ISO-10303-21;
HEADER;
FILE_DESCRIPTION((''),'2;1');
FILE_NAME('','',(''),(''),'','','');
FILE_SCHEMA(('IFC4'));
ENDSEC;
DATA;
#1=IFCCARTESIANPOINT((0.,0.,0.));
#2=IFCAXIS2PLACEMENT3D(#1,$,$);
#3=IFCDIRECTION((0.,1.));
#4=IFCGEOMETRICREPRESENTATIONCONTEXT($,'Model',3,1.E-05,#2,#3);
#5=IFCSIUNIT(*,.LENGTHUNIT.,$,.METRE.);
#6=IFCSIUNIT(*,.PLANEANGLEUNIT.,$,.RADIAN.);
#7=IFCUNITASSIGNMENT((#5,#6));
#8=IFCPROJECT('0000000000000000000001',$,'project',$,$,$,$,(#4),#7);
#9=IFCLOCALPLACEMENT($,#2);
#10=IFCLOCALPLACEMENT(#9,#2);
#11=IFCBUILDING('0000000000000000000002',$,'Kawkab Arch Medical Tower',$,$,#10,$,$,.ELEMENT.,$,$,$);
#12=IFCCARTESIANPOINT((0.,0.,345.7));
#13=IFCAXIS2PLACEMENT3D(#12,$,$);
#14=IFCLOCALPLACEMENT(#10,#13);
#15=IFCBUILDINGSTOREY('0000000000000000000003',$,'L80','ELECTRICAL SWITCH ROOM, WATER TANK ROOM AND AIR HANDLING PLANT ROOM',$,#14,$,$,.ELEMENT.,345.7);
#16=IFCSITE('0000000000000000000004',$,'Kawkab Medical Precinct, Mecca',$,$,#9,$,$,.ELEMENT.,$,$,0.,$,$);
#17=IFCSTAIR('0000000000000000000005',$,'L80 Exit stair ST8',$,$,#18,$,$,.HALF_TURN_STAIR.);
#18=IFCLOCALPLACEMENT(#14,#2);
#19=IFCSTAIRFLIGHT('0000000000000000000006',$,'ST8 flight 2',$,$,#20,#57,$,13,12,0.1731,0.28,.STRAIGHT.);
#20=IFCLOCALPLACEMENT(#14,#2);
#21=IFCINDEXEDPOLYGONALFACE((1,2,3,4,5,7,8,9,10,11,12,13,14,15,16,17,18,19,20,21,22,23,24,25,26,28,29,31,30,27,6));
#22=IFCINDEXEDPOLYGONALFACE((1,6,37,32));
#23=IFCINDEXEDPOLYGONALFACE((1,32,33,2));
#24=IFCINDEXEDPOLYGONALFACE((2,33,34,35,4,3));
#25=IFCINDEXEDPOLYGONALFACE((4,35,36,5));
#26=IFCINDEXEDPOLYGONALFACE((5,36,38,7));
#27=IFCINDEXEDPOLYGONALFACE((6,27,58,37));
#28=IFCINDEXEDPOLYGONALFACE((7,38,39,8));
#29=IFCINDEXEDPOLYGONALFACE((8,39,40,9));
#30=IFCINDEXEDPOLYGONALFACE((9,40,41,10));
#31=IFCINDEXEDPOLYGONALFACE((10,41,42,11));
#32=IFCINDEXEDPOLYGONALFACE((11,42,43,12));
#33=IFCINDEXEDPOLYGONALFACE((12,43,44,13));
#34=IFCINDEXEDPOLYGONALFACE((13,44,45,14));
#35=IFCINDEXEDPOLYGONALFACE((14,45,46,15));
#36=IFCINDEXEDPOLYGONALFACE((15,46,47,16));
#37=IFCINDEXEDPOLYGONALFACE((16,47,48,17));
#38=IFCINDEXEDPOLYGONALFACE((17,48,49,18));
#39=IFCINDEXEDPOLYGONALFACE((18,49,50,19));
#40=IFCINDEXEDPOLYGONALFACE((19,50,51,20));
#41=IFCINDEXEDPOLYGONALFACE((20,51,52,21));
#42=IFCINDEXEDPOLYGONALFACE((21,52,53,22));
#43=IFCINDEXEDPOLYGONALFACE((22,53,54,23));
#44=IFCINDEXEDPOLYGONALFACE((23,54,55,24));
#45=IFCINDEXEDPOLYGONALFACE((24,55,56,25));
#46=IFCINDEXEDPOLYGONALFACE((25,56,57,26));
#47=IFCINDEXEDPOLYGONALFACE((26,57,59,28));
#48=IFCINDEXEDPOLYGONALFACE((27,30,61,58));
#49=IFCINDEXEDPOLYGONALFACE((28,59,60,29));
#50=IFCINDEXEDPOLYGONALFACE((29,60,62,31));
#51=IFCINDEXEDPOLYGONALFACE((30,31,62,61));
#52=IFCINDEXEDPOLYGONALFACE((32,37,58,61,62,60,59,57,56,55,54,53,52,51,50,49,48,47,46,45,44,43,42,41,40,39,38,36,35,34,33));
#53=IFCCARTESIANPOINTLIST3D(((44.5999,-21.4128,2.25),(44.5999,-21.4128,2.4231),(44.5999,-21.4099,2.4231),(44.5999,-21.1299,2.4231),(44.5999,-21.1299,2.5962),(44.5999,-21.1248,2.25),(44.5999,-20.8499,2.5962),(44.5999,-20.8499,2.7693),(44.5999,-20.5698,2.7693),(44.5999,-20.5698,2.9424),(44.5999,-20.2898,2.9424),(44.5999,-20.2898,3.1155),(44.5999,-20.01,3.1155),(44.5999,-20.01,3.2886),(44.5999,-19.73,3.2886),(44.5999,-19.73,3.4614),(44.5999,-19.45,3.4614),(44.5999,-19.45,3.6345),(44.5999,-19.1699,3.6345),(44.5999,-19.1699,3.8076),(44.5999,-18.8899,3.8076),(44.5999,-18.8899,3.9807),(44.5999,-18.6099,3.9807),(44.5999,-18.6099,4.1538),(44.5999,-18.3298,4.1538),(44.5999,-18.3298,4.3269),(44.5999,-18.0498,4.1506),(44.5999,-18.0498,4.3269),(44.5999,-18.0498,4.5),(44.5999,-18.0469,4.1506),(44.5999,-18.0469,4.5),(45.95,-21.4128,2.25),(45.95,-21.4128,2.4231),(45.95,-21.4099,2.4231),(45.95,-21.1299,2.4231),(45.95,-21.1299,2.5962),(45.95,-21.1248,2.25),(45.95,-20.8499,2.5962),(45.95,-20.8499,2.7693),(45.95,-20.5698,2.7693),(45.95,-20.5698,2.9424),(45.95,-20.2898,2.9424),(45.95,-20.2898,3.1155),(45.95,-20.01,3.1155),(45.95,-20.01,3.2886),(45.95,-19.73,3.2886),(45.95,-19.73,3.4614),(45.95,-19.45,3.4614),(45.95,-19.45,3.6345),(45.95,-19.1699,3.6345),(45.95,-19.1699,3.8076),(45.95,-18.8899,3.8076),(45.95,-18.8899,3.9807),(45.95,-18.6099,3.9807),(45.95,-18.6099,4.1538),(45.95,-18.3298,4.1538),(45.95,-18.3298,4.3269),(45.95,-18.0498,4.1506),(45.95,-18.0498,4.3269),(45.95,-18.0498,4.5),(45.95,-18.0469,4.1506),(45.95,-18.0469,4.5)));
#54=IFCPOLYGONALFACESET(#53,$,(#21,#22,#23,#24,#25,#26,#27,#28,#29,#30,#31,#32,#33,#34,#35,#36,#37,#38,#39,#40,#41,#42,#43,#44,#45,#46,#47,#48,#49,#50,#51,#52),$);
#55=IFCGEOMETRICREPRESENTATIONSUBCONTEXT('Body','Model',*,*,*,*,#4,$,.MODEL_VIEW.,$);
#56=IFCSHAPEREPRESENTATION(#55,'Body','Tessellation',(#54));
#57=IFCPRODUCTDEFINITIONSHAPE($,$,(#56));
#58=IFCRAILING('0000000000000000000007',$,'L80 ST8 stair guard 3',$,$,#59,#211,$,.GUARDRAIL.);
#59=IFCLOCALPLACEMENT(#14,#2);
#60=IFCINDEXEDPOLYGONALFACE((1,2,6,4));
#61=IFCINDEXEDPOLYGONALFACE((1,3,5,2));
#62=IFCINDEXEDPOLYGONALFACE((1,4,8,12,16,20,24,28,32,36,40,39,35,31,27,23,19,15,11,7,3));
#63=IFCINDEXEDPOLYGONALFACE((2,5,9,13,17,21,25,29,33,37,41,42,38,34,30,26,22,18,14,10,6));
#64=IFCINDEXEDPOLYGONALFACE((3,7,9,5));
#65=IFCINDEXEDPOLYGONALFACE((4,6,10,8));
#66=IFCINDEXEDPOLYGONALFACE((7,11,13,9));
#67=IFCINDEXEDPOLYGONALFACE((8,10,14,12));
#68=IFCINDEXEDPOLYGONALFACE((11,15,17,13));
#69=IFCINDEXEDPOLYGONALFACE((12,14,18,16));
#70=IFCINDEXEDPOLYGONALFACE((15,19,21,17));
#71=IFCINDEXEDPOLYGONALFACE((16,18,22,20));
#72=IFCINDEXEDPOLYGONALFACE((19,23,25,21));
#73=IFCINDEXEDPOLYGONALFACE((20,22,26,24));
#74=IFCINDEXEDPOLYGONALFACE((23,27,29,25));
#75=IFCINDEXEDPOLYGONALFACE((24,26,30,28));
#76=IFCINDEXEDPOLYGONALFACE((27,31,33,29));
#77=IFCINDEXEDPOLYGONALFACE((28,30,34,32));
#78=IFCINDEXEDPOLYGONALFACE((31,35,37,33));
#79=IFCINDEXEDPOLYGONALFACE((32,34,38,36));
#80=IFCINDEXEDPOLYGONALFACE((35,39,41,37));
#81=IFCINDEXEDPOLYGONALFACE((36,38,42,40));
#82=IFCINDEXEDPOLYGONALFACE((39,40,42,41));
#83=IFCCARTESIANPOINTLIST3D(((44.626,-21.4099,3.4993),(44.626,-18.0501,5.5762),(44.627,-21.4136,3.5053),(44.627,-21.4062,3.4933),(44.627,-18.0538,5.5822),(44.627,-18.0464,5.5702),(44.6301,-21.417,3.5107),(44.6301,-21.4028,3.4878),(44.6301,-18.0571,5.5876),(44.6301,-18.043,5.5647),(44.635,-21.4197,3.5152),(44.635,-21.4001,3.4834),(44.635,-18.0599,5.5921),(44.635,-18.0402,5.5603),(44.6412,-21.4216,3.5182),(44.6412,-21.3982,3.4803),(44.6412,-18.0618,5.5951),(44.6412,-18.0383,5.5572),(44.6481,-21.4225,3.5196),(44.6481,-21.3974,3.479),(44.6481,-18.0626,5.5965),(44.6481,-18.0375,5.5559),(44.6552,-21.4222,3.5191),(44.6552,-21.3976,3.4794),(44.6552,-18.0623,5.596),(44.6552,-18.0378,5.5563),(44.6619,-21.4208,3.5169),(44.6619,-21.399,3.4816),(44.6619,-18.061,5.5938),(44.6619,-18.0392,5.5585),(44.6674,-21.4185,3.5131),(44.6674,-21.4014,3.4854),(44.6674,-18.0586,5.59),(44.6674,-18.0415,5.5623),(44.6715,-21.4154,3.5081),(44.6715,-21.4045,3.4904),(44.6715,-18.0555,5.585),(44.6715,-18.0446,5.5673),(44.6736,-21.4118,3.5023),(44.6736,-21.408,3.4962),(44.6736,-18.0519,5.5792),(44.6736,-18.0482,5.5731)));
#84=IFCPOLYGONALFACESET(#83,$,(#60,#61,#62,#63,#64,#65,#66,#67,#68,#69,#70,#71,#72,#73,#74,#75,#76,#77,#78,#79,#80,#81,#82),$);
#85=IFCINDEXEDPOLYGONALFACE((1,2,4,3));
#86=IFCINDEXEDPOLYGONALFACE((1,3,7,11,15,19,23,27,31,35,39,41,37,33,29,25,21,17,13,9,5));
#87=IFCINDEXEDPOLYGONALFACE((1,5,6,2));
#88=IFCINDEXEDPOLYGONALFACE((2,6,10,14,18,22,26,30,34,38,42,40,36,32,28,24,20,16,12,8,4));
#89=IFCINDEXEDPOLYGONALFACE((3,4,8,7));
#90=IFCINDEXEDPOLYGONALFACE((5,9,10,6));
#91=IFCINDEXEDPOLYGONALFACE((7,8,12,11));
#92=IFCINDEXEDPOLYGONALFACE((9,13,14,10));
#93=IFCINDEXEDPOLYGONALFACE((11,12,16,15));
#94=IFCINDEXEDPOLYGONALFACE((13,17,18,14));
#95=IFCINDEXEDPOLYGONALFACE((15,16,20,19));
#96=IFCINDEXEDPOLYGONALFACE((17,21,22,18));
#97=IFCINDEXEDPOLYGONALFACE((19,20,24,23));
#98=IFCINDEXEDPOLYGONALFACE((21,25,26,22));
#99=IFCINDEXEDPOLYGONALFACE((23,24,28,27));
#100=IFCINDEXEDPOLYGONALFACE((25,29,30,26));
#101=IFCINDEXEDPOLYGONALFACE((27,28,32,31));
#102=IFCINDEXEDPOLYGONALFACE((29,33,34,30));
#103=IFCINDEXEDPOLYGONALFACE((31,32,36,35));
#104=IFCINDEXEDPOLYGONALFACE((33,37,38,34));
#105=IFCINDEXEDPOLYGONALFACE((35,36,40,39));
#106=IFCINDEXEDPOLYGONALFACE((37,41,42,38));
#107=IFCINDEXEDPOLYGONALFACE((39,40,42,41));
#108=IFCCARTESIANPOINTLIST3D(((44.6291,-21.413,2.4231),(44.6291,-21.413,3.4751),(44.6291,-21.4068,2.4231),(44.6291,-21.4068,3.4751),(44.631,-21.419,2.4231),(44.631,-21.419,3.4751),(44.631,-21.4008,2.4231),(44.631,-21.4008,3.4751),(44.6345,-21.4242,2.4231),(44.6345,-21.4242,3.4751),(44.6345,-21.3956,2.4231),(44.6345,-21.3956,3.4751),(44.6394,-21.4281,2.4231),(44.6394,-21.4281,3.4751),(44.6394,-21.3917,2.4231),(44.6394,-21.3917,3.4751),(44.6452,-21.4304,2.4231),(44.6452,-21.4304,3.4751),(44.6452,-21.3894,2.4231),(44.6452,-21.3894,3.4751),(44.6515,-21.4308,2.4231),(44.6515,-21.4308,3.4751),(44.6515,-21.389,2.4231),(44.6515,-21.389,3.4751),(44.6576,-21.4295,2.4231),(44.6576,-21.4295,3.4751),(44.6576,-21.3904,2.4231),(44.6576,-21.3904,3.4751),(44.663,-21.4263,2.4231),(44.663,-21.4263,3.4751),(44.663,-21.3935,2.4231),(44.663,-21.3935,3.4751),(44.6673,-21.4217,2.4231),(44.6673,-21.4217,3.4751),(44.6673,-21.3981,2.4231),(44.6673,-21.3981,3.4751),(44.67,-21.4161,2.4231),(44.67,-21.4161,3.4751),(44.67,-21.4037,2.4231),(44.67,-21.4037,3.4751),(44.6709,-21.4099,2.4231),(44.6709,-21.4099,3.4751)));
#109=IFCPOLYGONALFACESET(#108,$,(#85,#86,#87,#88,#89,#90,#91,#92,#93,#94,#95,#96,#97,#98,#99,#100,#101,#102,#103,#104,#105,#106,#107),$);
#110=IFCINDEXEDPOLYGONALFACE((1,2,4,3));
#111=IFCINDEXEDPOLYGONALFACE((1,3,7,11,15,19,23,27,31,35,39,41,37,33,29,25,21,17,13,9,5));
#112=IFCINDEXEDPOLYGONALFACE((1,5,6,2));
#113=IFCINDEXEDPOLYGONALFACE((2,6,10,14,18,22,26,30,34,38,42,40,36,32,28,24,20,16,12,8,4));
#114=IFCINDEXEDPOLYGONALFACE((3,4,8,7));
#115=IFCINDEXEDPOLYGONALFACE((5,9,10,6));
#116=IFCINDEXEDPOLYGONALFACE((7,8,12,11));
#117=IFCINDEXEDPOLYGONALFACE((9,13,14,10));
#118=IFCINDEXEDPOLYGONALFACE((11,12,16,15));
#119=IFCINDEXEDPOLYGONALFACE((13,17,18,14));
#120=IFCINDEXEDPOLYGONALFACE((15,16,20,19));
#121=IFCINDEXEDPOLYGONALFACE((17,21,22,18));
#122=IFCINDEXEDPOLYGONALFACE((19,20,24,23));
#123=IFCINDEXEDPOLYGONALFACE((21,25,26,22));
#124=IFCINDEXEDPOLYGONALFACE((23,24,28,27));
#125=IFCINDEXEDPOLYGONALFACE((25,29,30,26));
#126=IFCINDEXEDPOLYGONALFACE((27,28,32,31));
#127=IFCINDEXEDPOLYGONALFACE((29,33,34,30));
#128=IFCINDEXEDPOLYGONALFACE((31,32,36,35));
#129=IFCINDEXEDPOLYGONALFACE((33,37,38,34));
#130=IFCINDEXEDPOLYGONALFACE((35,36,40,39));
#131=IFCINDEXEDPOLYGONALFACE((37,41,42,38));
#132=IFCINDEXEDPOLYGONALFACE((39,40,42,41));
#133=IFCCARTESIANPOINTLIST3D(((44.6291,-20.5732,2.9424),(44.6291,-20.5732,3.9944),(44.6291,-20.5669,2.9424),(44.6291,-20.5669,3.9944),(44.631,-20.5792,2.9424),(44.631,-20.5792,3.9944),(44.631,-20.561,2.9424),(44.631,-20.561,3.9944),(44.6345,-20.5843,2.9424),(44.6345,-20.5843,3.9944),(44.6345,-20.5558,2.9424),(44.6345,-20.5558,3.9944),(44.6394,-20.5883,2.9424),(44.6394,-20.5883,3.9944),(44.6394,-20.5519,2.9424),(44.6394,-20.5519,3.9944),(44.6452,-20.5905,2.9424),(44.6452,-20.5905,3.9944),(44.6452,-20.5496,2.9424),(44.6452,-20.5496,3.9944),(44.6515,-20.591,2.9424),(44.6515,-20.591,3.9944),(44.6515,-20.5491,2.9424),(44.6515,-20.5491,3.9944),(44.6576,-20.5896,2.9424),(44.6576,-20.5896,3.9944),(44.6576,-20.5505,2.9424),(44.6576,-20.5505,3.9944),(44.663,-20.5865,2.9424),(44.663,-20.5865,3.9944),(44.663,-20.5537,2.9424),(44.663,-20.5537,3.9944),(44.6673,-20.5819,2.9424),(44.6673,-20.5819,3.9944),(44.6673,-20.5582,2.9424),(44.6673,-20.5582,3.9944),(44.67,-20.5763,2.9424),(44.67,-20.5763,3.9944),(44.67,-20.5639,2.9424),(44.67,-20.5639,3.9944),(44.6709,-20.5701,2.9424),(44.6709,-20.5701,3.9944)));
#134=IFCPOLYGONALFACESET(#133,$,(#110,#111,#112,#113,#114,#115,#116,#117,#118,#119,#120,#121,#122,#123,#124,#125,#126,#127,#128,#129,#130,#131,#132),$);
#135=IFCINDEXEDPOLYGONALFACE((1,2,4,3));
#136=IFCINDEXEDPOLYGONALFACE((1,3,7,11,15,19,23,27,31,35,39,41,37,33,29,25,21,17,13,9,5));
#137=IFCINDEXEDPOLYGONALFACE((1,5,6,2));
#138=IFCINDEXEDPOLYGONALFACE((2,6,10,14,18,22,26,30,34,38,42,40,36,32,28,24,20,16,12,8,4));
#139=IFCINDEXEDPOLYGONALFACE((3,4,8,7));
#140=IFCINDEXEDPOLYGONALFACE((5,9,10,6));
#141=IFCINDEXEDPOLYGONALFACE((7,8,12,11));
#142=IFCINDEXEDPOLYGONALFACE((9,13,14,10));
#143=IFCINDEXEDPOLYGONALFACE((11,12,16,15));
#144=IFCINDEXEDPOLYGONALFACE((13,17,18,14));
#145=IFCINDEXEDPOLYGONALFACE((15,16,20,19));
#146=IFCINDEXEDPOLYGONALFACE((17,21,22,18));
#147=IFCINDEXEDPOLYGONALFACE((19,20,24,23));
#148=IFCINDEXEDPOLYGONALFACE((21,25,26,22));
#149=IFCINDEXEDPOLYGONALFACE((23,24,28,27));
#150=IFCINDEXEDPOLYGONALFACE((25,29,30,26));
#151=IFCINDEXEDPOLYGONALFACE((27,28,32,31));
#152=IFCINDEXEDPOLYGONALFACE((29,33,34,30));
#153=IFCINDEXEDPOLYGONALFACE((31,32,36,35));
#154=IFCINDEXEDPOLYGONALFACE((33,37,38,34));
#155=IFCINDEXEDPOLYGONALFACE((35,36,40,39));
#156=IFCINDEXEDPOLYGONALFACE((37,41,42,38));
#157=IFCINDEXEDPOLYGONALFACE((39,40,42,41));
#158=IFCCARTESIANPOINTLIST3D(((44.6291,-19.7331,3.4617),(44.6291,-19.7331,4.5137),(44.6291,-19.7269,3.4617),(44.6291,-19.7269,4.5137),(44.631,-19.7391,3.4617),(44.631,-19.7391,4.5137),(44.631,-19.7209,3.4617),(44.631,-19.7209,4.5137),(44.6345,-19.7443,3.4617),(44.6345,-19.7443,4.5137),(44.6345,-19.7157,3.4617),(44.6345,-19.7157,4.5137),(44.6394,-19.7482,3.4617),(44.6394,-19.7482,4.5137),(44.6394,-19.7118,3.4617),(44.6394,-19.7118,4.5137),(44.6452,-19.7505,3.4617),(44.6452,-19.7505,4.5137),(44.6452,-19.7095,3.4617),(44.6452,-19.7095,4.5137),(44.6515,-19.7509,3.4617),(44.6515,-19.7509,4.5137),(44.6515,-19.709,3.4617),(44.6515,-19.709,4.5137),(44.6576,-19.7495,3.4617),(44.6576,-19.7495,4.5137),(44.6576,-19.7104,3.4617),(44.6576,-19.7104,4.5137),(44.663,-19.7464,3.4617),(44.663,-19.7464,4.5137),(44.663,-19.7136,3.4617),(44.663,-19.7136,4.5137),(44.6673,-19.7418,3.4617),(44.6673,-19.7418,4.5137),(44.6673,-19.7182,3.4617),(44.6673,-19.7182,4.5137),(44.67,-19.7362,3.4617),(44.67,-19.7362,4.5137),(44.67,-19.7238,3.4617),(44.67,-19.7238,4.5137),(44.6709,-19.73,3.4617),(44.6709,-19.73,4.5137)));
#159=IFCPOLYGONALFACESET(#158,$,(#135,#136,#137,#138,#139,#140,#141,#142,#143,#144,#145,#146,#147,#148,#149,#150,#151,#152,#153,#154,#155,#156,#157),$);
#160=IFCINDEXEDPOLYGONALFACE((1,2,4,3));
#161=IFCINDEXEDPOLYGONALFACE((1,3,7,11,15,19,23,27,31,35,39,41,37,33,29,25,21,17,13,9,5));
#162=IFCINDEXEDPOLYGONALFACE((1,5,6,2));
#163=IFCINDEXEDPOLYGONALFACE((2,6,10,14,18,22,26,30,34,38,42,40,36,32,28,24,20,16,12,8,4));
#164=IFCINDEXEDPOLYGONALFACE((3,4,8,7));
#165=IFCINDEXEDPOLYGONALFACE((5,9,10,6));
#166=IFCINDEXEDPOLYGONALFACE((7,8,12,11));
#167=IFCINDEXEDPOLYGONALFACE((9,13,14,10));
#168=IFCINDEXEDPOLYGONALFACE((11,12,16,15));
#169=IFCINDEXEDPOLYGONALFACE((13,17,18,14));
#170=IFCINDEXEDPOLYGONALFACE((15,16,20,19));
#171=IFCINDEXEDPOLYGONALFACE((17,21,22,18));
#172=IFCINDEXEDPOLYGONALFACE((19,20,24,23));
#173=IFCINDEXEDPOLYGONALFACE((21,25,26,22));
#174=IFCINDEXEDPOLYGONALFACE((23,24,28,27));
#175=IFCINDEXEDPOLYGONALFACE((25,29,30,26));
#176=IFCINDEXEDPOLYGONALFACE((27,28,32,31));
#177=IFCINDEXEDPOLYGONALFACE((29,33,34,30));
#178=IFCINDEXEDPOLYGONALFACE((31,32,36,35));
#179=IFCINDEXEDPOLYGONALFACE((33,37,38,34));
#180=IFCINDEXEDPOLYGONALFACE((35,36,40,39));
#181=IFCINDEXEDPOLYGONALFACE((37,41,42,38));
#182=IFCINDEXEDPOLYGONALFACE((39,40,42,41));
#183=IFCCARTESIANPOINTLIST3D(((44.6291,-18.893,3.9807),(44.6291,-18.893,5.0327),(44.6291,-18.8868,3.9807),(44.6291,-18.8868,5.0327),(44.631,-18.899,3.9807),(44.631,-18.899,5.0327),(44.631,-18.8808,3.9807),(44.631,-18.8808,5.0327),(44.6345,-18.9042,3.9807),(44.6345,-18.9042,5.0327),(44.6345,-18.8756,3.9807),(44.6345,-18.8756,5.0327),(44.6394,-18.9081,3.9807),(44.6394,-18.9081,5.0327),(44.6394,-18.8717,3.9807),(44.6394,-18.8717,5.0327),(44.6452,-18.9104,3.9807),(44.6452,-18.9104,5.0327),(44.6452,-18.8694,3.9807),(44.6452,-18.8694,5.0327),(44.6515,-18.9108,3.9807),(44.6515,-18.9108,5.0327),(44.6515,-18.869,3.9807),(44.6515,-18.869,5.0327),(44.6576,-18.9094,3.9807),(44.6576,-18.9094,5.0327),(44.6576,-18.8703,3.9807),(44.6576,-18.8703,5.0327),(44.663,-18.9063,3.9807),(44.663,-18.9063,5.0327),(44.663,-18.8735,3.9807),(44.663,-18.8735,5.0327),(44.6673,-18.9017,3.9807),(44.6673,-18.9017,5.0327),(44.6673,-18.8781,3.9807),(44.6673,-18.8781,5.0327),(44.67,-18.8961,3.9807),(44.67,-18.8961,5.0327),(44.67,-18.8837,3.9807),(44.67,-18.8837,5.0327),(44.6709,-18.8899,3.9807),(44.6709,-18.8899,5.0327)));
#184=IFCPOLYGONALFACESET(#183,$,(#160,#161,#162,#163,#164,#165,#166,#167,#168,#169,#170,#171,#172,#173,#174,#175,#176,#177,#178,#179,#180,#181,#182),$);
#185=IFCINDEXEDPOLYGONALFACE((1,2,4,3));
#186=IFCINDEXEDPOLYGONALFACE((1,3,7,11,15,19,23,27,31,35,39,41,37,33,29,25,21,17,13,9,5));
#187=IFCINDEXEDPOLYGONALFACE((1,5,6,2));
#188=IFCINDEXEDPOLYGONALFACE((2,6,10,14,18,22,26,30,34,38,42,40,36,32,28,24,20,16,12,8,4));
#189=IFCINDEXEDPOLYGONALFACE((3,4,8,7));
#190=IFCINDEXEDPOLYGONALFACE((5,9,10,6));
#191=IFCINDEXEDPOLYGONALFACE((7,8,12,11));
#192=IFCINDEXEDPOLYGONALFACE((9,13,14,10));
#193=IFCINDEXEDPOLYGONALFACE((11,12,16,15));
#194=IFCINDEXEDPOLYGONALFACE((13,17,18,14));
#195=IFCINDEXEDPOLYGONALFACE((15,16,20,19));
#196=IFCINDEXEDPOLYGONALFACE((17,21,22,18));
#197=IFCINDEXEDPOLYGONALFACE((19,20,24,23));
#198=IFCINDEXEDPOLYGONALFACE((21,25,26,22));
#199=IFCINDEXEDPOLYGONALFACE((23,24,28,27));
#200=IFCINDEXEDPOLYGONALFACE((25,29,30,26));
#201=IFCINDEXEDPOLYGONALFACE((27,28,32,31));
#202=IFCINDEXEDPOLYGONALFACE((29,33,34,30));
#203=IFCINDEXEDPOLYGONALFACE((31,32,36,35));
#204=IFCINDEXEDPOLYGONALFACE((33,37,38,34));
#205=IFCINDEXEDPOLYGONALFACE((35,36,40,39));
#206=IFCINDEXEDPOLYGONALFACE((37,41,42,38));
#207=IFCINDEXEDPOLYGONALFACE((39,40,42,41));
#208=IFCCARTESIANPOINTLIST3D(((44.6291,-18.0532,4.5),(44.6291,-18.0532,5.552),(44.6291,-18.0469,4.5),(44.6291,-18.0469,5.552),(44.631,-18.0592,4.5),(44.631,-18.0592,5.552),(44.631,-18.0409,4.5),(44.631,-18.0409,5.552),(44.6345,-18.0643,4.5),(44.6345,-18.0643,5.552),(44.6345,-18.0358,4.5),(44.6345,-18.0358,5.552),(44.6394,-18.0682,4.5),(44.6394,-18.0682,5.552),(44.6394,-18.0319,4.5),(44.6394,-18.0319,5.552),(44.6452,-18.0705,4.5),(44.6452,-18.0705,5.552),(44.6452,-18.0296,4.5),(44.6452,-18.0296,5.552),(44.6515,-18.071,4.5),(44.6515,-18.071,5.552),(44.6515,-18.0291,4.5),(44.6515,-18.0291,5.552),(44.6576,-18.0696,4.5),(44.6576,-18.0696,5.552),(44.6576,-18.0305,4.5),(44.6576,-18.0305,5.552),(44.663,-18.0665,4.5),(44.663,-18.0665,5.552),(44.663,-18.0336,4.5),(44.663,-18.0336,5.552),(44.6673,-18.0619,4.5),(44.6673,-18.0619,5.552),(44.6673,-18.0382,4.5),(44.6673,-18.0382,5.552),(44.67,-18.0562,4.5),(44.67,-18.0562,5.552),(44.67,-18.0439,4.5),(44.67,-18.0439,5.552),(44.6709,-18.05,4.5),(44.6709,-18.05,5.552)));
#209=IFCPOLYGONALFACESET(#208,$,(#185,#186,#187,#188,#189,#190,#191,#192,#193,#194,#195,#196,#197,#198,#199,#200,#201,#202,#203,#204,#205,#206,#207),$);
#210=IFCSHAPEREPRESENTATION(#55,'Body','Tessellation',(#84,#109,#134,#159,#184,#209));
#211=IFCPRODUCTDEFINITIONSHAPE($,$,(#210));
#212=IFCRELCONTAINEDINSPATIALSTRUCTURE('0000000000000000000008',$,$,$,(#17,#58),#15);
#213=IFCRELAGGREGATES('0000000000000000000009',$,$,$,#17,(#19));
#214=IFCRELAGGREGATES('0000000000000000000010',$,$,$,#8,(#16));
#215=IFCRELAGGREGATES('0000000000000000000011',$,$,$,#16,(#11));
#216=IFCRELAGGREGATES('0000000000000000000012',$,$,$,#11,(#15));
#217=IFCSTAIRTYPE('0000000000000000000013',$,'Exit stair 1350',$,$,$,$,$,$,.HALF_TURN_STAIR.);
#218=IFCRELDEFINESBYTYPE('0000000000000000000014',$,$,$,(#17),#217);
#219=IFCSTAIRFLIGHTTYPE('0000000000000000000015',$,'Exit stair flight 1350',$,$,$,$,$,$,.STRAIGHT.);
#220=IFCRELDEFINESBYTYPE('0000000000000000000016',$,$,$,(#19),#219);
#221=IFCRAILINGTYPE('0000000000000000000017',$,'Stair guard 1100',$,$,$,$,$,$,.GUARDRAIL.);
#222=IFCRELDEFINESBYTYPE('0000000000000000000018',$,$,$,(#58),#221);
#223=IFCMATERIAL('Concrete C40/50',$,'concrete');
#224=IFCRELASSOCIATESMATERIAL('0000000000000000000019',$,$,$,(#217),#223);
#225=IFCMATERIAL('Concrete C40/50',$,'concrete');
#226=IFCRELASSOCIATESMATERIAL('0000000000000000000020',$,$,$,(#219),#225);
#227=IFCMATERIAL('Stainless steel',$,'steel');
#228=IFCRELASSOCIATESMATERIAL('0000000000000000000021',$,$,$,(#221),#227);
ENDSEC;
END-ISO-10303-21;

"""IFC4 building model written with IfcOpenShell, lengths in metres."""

from ifc_helpers import new_model, si_unit, direction, frame, origin, origin_2d, place, context, subcontext, project, spatial, polyline, circle, outline, extrude, material, type_object, element, aggregate, save


model = new_model("IFC4")

# Units and contexts
model_context = context("Model", 3, precision=1e-05, world=origin(), true_north=direction((0.0, 1.0)))
body_context = subcontext(model_context, "Body", "Model", "MODEL_VIEW")
ifc_project = project(units=[si_unit("LENGTHUNIT", "METRE"), si_unit("PLANEANGLEUNIT", "RADIAN")], contexts=[model_context])

# Site, building, storey
site_placement = place(None, origin())
site = spatial("IfcSite", under=ifc_project, at=site_placement, Name="Kawkab Medical Precinct, Mecca", CompositionType="ELEMENT", RefElevation=0.0)
building_placement = place(site_placement, origin())
building = spatial("IfcBuilding", under=site, at=building_placement, Name="Kawkab Arch Medical Tower", CompositionType="ELEMENT")
storey_placement = place(building_placement, frame((0.0, 0.0, 345.7)))
storey = spatial("IfcBuildingStorey", under=building, at=storey_placement, Name="L80", Description="ELECTRICAL SWITCH ROOM, WATER TANK ROOM AND AIR HANDLING PLANT ROOM", CompositionType="ELEMENT", Elevation=345.7)

# Shared definitions
placement = place(storey_placement, origin())

# Stair, stair flight
ifc_material_1 = material(Name="Concrete C40/50", Category="concrete")
stair_type = type_object("IfcStairType", Name="Exit stair 1350", PredefinedType="HALF_TURN_STAIR", material=ifc_material_1)
stair = element("IfcStair", 1, at=placement, inside=storey, type_object=stair_type, Name="L80 Exit stair ST8", PredefinedType="HALF_TURN_STAIR")
ifc_material_2 = material(Name="Concrete C40/50", Category="concrete")
stair_flight_type = type_object("IfcStairFlightType", Name="Exit stair flight 1350", PredefinedType="STRAIGHT", material=ifc_material_2)
stair_flight_placement = place(storey_placement, frame((45.2749, -21.4099, 2.25), z_axis=(0.0, 0.0, 1.0), x_axis=(0.0, 1.0, 0.0)))
stair_flight = element("IfcStairFlight", 2, at=stair_flight_placement, type_object=stair_flight_type, Name="ST8 flight 2", NumberOfRisers=13, NumberOfTreads=12, PredefinedType="STRAIGHT", RiserHeight=0.1731, TreadLength=0.28, context=body_context, shape_type="SweptSolid", body=[
    extrude(outline(polyline([(-0.0029, 0.0), (-0.0029, 0.1731), (0.0, 0.1731), (0.28, 0.1731), (0.28, 0.3462), (0.5601, 0.3462), (0.5601, 0.5193), (0.8401, 0.5193), (0.8401, 0.6924), (1.1201, 0.6924), (1.1201, 0.8655), (1.3999, 0.8655), (1.3999, 1.0386), (1.6799, 1.0386), (1.6799, 1.2114), (1.96, 1.2114), (1.96, 1.3845), (2.24, 1.3845), (2.24, 1.5576), (2.52, 1.5576), (2.52, 1.7307), (2.8, 1.7307), (2.8, 1.9038), (3.0801, 1.9038), (3.0801, 2.0769), (3.3601, 2.0769), (3.3601, 2.25), (3.363, 2.25), (3.363, 1.9006), (3.3601, 1.9006), (0.2852, 0.0), (-0.0029, 0.0)])), frame((0.0, 0.675, 0.0), z_axis=(0.0, -1.0, 0.0), x_axis=(1.0, 0.0, 0.0)), (0.0, 0.0, 1.0), 1.3501),
])
aggregate(stair, [stair_flight])

# Railing
ifc_material_3 = material(Name="Stainless steel", Category="steel")
railing_type = type_object("IfcRailingType", Name="Stair guard 1100", PredefinedType="GUARDRAIL", material=ifc_material_3)
railing_placement = place(storey_placement, frame((44.6499, -21.4099, 2.4231)))
element("IfcRailing", 3, at=railing_placement, inside=storey, type_object=railing_type, Name="L80 ST8 stair guard 3", PredefinedType="GUARDRAIL", context=body_context, shape_type="SweptSolid", body=[
    extrude(circle(Radius=0.0239, at=origin_2d()), frame((0.0, 0.0, 1.0762), z_axis=(0.0, 0.850606, 0.525803), x_axis=(-1.0, 0.0, 0.0)), (0.0, 0.0, 1.0), 3.95),
    extrude(circle(Radius=0.021, at=origin_2d()), origin(), (0.0, 0.0, 1.0), 1.052),
    extrude(circle(Radius=0.021, at=origin_2d()), frame((0.0, 0.8398, 0.5193)), (0.0, 0.0, 1.0), 1.052),
    extrude(circle(Radius=0.021, at=origin_2d()), frame((0.0, 1.6799, 1.0386)), (0.0, 0.0, 1.0), 1.052),
    extrude(circle(Radius=0.021, at=origin_2d()), frame((0.0, 2.52, 1.5576)), (0.0, 0.0, 1.0), 1.052),
    extrude(circle(Radius=0.021, at=origin_2d()), frame((0.0, 3.3599, 2.0769)), (0.0, 0.0, 1.0), 1.052),
])

save(model, "model.ifc")
